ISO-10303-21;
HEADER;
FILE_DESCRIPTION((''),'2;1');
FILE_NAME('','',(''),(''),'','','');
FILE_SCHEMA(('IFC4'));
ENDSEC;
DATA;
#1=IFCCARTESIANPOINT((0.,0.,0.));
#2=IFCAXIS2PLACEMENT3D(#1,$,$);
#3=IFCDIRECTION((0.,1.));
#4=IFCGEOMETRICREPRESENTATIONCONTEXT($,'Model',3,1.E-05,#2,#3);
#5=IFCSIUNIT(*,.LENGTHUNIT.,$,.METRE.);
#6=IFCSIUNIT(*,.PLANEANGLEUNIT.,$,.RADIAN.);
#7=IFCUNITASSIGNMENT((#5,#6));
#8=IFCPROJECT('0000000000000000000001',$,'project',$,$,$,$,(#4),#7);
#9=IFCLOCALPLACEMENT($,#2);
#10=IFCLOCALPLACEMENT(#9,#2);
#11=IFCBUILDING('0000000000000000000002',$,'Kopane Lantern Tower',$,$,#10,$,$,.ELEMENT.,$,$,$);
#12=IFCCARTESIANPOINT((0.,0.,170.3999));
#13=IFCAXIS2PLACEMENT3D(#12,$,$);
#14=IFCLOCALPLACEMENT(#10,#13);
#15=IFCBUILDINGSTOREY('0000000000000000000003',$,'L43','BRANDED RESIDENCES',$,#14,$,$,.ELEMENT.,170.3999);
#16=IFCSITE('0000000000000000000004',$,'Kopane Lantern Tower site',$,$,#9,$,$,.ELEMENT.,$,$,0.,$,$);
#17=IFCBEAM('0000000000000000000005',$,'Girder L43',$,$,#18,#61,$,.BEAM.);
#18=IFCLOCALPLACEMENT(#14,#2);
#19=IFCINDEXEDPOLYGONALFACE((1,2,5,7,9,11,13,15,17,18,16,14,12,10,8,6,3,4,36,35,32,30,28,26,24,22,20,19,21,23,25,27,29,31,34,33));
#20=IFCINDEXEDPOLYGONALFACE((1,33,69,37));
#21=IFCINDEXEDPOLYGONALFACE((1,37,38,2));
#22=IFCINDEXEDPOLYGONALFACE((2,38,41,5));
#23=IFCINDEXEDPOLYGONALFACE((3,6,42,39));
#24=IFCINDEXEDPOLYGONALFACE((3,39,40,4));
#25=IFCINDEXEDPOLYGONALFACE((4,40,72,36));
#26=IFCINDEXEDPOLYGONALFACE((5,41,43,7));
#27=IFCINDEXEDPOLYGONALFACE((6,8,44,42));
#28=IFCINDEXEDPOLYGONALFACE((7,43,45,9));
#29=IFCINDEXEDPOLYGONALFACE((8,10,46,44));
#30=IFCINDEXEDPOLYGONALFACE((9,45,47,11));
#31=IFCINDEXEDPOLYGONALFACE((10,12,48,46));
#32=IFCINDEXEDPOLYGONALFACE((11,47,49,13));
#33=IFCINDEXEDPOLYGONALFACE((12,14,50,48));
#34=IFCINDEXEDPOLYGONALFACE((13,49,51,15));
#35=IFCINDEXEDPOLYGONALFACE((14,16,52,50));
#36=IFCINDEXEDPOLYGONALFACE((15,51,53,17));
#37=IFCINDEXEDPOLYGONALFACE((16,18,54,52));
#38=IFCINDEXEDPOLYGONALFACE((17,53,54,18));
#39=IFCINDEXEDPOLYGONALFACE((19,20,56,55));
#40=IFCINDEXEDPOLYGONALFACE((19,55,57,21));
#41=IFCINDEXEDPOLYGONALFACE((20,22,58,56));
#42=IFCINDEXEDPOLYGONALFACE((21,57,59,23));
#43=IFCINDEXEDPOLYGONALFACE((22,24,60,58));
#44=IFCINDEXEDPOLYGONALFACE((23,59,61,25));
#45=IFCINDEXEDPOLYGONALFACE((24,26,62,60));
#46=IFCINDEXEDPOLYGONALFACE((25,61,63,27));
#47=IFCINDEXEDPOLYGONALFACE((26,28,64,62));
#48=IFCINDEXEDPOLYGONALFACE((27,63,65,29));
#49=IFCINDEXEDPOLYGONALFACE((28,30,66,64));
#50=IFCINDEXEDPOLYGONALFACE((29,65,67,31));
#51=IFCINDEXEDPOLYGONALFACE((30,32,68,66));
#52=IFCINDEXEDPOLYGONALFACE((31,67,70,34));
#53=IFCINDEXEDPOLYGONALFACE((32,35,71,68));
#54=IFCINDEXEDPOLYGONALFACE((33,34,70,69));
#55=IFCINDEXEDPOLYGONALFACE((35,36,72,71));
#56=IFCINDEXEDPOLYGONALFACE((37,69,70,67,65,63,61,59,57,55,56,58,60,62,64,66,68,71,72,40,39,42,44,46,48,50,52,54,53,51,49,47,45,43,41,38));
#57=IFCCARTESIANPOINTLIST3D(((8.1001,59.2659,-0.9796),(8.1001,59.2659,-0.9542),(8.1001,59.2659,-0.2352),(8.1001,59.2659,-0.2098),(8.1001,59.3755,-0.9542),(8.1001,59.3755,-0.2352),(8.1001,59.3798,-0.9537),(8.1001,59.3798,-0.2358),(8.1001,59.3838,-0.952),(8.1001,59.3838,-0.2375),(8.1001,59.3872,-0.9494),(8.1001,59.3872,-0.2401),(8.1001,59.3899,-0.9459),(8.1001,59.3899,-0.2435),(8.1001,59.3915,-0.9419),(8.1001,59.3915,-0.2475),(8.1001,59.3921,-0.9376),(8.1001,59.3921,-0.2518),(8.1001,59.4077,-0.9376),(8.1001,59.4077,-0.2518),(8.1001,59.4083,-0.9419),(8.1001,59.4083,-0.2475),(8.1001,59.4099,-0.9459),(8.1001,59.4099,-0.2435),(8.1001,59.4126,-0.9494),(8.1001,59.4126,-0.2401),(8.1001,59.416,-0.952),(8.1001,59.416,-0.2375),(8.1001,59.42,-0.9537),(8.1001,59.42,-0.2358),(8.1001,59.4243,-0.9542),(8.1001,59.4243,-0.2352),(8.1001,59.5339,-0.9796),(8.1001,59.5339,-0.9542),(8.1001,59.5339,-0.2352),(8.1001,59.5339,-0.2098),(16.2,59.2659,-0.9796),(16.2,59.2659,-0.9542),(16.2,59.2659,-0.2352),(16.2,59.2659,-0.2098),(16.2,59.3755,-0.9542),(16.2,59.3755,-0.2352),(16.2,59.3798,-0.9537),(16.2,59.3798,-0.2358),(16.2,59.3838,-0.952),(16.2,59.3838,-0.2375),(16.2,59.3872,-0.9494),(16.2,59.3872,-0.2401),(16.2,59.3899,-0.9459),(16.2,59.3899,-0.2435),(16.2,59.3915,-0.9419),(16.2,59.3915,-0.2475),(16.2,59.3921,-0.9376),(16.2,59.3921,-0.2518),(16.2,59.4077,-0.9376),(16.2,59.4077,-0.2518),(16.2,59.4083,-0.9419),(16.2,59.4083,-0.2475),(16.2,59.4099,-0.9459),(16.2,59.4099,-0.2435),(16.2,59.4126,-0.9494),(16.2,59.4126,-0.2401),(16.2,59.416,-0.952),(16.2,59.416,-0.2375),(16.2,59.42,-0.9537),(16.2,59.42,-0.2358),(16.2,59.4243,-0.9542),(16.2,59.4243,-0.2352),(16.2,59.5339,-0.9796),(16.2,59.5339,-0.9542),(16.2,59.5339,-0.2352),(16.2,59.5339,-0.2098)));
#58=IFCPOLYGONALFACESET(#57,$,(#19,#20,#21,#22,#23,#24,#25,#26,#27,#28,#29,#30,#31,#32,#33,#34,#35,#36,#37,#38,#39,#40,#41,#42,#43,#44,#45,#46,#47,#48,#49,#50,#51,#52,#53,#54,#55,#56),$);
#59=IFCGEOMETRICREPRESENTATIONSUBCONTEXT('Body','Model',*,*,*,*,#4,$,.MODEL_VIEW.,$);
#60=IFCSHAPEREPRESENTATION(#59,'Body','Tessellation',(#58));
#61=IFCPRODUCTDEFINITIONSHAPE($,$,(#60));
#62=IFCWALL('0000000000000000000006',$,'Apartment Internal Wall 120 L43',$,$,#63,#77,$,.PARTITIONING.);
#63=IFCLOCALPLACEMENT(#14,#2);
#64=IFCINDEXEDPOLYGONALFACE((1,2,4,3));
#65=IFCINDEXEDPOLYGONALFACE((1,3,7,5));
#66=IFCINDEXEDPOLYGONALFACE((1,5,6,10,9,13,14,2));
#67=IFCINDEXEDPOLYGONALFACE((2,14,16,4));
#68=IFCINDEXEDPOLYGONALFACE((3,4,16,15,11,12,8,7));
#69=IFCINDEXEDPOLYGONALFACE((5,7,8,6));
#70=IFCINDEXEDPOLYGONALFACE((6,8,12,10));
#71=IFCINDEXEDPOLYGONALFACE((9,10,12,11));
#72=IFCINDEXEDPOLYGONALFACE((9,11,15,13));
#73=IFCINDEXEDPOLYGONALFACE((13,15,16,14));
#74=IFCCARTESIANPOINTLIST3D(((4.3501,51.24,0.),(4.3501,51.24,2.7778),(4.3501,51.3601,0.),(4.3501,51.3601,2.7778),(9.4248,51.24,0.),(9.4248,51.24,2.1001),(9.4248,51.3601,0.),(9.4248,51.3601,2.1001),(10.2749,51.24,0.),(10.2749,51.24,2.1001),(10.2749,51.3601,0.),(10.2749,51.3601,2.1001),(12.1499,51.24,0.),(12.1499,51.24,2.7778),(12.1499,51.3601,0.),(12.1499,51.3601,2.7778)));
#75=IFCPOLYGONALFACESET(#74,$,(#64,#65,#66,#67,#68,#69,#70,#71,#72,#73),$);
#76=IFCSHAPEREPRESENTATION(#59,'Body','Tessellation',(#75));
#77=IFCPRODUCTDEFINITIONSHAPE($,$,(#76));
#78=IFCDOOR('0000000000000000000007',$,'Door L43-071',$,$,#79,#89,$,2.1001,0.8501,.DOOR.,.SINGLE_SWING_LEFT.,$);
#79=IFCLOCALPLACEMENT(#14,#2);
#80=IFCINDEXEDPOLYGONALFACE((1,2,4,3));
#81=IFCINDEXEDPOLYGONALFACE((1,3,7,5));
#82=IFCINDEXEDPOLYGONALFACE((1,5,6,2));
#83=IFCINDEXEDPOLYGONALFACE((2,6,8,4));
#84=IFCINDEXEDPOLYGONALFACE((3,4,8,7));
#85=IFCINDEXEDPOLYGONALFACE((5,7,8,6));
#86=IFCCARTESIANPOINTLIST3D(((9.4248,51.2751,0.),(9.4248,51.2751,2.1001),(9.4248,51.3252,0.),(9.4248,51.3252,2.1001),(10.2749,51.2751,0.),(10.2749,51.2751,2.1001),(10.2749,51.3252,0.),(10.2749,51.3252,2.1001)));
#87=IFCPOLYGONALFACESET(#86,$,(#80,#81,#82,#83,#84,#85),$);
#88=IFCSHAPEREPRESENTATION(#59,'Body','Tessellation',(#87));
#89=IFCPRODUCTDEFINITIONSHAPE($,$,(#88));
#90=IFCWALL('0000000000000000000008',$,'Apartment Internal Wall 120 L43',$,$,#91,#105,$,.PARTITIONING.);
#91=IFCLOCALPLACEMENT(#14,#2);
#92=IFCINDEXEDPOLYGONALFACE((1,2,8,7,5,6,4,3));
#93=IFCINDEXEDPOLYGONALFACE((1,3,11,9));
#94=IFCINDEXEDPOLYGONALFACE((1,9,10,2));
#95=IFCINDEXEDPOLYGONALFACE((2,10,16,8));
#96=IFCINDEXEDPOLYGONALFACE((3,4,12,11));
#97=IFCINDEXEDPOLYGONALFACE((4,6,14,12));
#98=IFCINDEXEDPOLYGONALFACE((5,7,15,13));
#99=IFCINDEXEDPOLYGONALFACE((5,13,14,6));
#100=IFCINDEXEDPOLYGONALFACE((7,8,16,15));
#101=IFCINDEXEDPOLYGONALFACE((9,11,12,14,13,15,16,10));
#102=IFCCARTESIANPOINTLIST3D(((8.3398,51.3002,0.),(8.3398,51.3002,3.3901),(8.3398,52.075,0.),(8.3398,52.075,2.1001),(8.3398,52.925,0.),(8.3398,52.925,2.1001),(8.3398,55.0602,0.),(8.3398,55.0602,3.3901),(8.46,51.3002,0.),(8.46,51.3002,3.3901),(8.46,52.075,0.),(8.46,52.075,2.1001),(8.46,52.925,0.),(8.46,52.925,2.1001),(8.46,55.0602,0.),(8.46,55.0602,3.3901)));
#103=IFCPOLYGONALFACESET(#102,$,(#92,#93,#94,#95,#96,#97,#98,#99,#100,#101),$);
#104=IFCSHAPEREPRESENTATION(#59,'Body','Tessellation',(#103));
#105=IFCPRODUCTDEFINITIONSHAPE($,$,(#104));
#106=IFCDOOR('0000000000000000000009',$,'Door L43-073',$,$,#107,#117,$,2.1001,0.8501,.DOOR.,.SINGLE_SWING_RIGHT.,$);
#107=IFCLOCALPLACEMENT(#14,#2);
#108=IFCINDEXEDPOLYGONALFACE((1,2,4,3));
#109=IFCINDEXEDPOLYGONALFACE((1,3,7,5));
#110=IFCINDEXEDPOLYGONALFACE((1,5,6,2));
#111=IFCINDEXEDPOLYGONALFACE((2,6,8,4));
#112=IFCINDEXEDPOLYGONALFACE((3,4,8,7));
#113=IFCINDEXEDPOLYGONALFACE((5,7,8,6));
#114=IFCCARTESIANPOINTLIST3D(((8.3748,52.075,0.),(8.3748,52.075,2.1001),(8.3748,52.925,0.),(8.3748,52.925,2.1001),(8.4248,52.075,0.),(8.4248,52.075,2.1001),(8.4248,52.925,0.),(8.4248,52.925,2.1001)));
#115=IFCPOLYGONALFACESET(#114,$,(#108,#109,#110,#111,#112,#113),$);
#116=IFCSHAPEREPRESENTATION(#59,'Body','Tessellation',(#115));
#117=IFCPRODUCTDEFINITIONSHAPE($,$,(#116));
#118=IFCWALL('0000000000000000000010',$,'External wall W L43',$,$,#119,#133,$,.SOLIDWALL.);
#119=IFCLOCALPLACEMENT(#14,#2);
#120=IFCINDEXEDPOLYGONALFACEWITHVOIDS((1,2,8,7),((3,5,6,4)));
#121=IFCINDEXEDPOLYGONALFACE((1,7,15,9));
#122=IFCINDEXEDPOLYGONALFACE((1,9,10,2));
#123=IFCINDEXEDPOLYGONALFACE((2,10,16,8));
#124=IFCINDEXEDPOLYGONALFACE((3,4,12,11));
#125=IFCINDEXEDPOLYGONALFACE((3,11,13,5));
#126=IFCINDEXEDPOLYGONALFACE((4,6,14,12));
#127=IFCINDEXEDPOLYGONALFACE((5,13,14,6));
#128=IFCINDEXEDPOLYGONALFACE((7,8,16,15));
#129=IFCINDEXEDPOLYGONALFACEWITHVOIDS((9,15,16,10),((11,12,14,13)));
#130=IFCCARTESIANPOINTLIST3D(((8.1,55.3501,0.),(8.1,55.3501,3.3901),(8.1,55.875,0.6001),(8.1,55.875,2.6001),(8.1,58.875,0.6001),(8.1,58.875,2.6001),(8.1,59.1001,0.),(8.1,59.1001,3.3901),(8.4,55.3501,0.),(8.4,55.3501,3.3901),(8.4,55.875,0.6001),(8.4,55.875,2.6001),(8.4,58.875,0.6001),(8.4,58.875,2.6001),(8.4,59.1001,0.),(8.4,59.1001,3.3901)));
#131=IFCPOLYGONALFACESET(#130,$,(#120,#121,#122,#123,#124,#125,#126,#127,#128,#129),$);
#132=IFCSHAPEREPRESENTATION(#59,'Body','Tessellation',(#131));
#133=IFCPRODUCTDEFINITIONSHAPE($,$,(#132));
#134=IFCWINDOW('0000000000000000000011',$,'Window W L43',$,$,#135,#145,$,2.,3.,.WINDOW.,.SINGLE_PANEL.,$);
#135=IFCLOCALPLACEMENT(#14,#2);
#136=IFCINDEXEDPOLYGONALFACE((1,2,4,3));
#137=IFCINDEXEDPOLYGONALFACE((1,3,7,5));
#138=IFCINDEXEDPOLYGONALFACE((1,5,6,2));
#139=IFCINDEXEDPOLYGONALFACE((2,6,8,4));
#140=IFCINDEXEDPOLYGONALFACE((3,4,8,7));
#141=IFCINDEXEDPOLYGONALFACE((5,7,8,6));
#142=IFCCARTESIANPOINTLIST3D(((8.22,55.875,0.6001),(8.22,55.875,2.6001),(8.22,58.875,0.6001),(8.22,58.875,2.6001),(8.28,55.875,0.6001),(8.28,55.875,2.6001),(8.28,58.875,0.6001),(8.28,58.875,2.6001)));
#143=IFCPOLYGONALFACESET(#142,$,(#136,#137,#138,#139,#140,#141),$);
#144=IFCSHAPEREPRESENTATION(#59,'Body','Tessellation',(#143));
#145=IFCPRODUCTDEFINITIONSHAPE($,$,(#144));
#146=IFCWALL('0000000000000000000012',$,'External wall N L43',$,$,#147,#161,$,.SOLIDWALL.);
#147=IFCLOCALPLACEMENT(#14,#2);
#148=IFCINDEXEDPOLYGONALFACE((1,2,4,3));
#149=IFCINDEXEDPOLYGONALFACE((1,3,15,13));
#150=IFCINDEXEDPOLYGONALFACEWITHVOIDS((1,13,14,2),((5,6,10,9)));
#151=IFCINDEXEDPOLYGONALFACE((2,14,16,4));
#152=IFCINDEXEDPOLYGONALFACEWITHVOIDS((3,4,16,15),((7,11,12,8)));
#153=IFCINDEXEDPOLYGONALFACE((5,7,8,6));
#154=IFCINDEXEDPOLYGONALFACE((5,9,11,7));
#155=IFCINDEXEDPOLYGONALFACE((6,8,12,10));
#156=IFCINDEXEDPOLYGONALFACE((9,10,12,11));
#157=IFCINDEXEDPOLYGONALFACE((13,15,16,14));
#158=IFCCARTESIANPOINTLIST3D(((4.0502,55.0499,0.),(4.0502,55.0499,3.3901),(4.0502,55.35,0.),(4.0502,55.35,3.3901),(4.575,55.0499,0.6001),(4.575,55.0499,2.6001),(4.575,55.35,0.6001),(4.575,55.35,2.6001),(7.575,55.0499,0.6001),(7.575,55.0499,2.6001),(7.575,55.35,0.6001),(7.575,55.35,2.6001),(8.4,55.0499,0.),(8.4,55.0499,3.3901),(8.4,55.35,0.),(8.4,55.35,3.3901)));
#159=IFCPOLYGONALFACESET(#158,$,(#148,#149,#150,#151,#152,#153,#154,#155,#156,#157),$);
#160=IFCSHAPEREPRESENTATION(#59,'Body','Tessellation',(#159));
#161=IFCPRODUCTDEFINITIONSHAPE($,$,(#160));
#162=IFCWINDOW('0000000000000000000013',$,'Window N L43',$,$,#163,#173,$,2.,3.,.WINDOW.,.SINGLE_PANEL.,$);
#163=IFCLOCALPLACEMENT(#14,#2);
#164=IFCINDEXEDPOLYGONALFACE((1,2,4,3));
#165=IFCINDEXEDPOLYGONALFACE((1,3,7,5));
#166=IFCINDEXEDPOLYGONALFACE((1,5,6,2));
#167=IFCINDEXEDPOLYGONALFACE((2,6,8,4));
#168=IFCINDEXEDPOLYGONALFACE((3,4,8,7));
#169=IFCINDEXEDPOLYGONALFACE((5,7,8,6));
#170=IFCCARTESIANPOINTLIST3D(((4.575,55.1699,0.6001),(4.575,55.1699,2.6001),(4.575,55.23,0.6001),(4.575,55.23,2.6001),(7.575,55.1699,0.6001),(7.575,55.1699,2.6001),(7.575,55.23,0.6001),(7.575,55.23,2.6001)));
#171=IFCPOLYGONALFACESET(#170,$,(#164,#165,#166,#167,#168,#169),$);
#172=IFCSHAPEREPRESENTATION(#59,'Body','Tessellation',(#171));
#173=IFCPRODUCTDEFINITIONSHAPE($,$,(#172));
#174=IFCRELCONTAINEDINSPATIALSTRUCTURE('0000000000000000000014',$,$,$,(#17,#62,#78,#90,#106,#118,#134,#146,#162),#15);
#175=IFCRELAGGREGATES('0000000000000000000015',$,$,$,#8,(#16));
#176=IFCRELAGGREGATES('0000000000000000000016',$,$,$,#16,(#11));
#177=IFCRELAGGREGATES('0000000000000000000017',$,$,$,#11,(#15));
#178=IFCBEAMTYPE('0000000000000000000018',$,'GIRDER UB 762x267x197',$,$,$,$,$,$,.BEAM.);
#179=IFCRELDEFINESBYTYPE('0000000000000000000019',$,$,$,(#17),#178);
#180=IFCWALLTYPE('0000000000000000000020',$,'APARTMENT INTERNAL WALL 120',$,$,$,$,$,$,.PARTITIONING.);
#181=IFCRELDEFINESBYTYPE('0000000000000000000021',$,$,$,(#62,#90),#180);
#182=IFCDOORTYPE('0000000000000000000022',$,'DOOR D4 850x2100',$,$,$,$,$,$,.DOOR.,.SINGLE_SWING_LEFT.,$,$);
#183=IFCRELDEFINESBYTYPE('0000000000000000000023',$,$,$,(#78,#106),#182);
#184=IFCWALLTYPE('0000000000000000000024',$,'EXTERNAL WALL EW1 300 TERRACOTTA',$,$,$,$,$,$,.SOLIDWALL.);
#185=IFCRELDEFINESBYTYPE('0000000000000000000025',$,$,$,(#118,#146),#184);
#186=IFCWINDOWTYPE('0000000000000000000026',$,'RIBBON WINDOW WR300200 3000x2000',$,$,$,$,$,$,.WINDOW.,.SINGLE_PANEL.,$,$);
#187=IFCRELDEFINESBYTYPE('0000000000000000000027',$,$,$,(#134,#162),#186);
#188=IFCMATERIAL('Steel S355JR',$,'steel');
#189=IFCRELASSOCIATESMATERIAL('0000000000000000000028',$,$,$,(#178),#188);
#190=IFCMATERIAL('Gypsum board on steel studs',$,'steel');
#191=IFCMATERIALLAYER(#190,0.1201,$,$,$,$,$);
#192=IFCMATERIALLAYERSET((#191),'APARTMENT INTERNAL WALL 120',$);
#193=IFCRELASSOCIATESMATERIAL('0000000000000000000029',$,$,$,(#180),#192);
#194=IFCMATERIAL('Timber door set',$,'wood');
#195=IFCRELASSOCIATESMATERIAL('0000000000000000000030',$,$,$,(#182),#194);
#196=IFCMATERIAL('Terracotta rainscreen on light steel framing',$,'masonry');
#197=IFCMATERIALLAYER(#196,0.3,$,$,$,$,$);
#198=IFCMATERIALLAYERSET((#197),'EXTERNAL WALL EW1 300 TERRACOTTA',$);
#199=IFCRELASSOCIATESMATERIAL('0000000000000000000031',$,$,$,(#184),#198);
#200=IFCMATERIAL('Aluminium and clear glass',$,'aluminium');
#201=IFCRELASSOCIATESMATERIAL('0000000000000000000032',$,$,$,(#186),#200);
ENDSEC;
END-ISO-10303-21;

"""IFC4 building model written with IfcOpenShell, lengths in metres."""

from ifc_helpers import new_model, si_unit, direction, frame, frame_2d, origin, origin_2d, place, context, subcontext, project, spatial, rectangle, i_section, extrude, material, layer, layer_set, material_profile, profile_set, type_object, element, fill, save


model = new_model("IFC4")

# Units and contexts
model_context = context("Model", 3, precision=1e-05, world=origin(), true_north=direction((0.0, 1.0)))
body_context = subcontext(model_context, "Body", "Model", "MODEL_VIEW")
ifc_project = project(units=[si_unit("LENGTHUNIT", "METRE"), si_unit("PLANEANGLEUNIT", "RADIAN")], contexts=[model_context])

# Site, building, storey
site_placement = place(None, origin())
site = spatial("IfcSite", under=ifc_project, at=site_placement, Name="Kopane Lantern Tower site", CompositionType="ELEMENT", RefElevation=0.0)
building_placement = place(site_placement, origin())
building = spatial("IfcBuilding", under=site, at=building_placement, Name="Kopane Lantern Tower", CompositionType="ELEMENT")
storey_placement = place(building_placement, frame((0.0, 0.0, 170.3999)))
storey = spatial("IfcBuildingStorey", under=building, at=storey_placement, Name="L43", Description="BRANDED RESIDENCES", CompositionType="ELEMENT", Elevation=170.3999)

# Beam
ifc_material_1 = material(Name="Steel S355JR", Category="steel")
ifc_material_profile_1 = material_profile(ifc_material_1, i_section(OverallWidth=0.2681, OverallDepth=0.7698, WebThickness=0.0156, FlangeThickness=0.0254, FilletRadius=0.0166, at=origin_2d()), Name="UB 762x267x197")
ifc_profile_set_1 = profile_set([ifc_material_profile_1], Name="Steel S355JR")
beam_type_1 = type_object("IfcBeamType", Name="GIRDER UB 762x267x197", PredefinedType="BEAM", material=ifc_profile_set_1)
beam_1_placement = place(storey_placement, frame((8.1001, 59.3999, -0.5947), z_axis=(1.0, 0.0, 0.0), x_axis=(0.0, 1.0, 0.0)))
element("IfcBeam", 1, at=beam_1_placement, inside=storey, type_object=beam_type_1, Name="Girder L43", PredefinedType="BEAM", context=body_context, shape_type="SweptSolid", body=[
    extrude(i_section(OverallWidth=0.2681, OverallDepth=0.7698, WebThickness=0.0156, FlangeThickness=0.0254, FilletRadius=0.0166, at=origin_2d()), origin(), (0.0, 0.0, 1.0), 8.0999),
])

# Walls, openings, doors
ifc_material_2 = material(Name="Gypsum board on steel studs", Category="steel")
ifc_layer_1 = layer(ifc_material_2, 0.1201)
ifc_layer_set_1 = layer_set([ifc_layer_1], Name="APARTMENT INTERNAL WALL 120")
wall_type_1 = type_object("IfcWallType", Name="APARTMENT INTERNAL WALL 120", PredefinedType="PARTITIONING", material=ifc_layer_set_1)
wall_1_placement = place(storey_placement, frame((12.1499, 51.3, 0.0), z_axis=(0.0, 0.0, 1.0), x_axis=(-1.0, 0.0, 0.0)))
wall_1 = element("IfcWall", 2, at=wall_1_placement, inside=storey, type_object=wall_type_1, Name="Apartment Internal Wall 120 L43", PredefinedType="PARTITIONING", context=body_context, shape_type="SweptSolid", body=[
    extrude(rectangle(XDim=7.7998, YDim=0.1201, at=frame_2d((3.8999, 0.0))), origin(), (0.0, 0.0, 1.0), 2.7778),
])
opening_1_placement = place(wall_1_placement, frame((1.875, 0.0, 0.0)))
opening_1 = element("IfcOpeningElement", 3, at=opening_1_placement, cuts=wall_1, PredefinedType="OPENING", context=body_context, shape_type="SweptSolid", body=[
    extrude(rectangle(XDim=0.8501, YDim=2.1001, at=frame_2d((0.425, 1.05))), frame((0.0, 0.0701, 0.0), z_axis=(0.0, -1.0, 0.0), x_axis=(1.0, 0.0, 0.0)), (0.0, 0.0, 1.0), 0.1401),
])
ifc_material_3 = material(Name="Timber door set", Category="wood")
door_type = type_object("IfcDoorType", Name="DOOR D4 850x2100", OperationType="SINGLE_SWING_LEFT", PredefinedType="DOOR", material=ifc_material_3)
door_1_placement = place(opening_1_placement, origin())
door_1 = element("IfcDoor", 4, at=door_1_placement, inside=storey, type_object=door_type, Name="Door L43-071", OperationType="SINGLE_SWING_LEFT", OverallHeight=2.1001, OverallWidth=0.8501, PredefinedType="DOOR", context=body_context, shape_type="SweptSolid", body=[
    extrude(rectangle(XDim=0.8501, YDim=2.1001, at=frame_2d((0.425, 1.05))), frame((0.0, 0.0249, 0.0), z_axis=(0.0, -1.0, 0.0), x_axis=(1.0, 0.0, 0.0)), (0.0, 0.0, 1.0), 0.05),
])
fill(opening_1, door_1)
wall_2_placement = place(storey_placement, frame((8.3999, 55.0601, 0.0), z_axis=(0.0, 0.0, 1.0), x_axis=(0.0, -1.0, 0.0)))
wall_2 = element("IfcWall", 5, at=wall_2_placement, inside=storey, type_object=wall_type_1, Name="Apartment Internal Wall 120 L43", PredefinedType="PARTITIONING", context=body_context, shape_type="SweptSolid", body=[
    extrude(rectangle(XDim=3.76, YDim=0.1201, at=frame_2d((1.8799, 0.0))), origin(), (0.0, 0.0, 1.0), 3.3901),
])
opening_2_placement = place(wall_2_placement, frame((2.135, 0.0, 0.0)))
opening_2 = element("IfcOpeningElement", 6, at=opening_2_placement, cuts=wall_2, PredefinedType="OPENING", context=body_context, shape_type="SweptSolid", body=[
    extrude(rectangle(XDim=0.8501, YDim=2.1001, at=frame_2d((0.425, 1.05))), frame((0.0, 0.0701, 0.0), z_axis=(0.0, -1.0, 0.0), x_axis=(1.0, 0.0, 0.0)), (0.0, 0.0, 1.0), 0.1401),
])
door_2_placement = place(opening_2_placement, origin())
door_2 = element("IfcDoor", 7, at=door_2_placement, inside=storey, type_object=door_type, Name="Door L43-073", OperationType="SINGLE_SWING_RIGHT", OverallHeight=2.1001, OverallWidth=0.8501, PredefinedType="DOOR", context=body_context, shape_type="SweptSolid", body=[
    extrude(rectangle(XDim=0.8501, YDim=2.1001, at=frame_2d((0.425, 1.05))), frame((0.0, 0.0249, 0.0), z_axis=(0.0, -1.0, 0.0), x_axis=(1.0, 0.0, 0.0)), (0.0, 0.0, 1.0), 0.05),
])
fill(opening_2, door_2)

# Walls, openings, windows
ifc_material_4 = material(Name="Terracotta rainscreen on light steel framing", Category="masonry")
ifc_layer_2 = layer(ifc_material_4, 0.3)
ifc_layer_set_2 = layer_set([ifc_layer_2], Name="EXTERNAL WALL EW1 300 TERRACOTTA")
wall_type_2 = type_object("IfcWallType", Name="EXTERNAL WALL EW1 300 TERRACOTTA", PredefinedType="SOLIDWALL", material=ifc_layer_set_2)
wall_3_placement = place(storey_placement, frame((8.25, 59.1001, 0.0), z_axis=(0.0, 0.0, 1.0), x_axis=(0.0, -1.0, 0.0)))
wall_3 = element("IfcWall", 8, at=wall_3_placement, inside=storey, type_object=wall_type_2, Name="External wall W L43", PredefinedType="SOLIDWALL", context=body_context, shape_type="SweptSolid", body=[
    extrude(rectangle(XDim=3.75, YDim=0.3, at=frame_2d((1.875, 0.0))), origin(), (0.0, 0.0, 1.0), 3.3901),
])
opening_3_placement = place(wall_3_placement, frame((0.2251, 0.0, 0.6001)))
opening_3 = element("IfcOpeningElement", 9, at=opening_3_placement, cuts=wall_3, PredefinedType="OPENING", context=body_context, shape_type="SweptSolid", body=[
    extrude(rectangle(XDim=3.0, YDim=2.0, at=frame_2d((1.5, 1.0))), frame((0.0, 0.1599, 0.0), z_axis=(0.0, -1.0, 0.0), x_axis=(1.0, 0.0, 0.0)), (0.0, 0.0, 1.0), 0.3201),
])
ifc_material_5 = material(Name="Aluminium and clear glass", Category="aluminium")
window_type = type_object("IfcWindowType", Name="RIBBON WINDOW WR300200 3000x2000", PartitioningType="SINGLE_PANEL", PredefinedType="WINDOW", material=ifc_material_5)
window_1_placement = place(opening_3_placement, origin())
window_1 = element("IfcWindow", 10, at=window_1_placement, inside=storey, type_object=window_type, Name="Window W L43", OverallHeight=2.0, OverallWidth=3.0, PartitioningType="SINGLE_PANEL", PredefinedType="WINDOW", context=body_context, shape_type="SweptSolid", body=[
    extrude(rectangle(XDim=3.0, YDim=2.0, at=frame_2d((1.5, 1.0))), frame((0.0, 0.03, 0.0), z_axis=(0.0, -1.0, 0.0), x_axis=(1.0, 0.0, 0.0)), (0.0, 0.0, 1.0), 0.0601),
])
fill(opening_3, window_1)
wall_4_placement = place(storey_placement, frame((8.3999, 55.2, 0.0), z_axis=(0.0, 0.0, 1.0), x_axis=(-1.0, 0.0, 0.0)))
wall_4 = element("IfcWall", 11, at=wall_4_placement, inside=storey, type_object=wall_type_2, Name="External wall N L43", PredefinedType="SOLIDWALL", context=body_context, shape_type="SweptSolid", body=[
    extrude(rectangle(XDim=4.3499, YDim=0.3, at=frame_2d((2.1748, 0.0))), origin(), (0.0, 0.0, 1.0), 3.3901),
])
opening_4_placement = place(wall_4_placement, frame((0.825, 0.0, 0.6001)))
opening_4 = element("IfcOpeningElement", 12, at=opening_4_placement, cuts=wall_4, PredefinedType="OPENING", context=body_context, shape_type="SweptSolid", body=[
    extrude(rectangle(XDim=3.0, YDim=2.0, at=frame_2d((1.5, 1.0))), frame((0.0, 0.1599, 0.0), z_axis=(0.0, -1.0, 0.0), x_axis=(1.0, 0.0, 0.0)), (0.0, 0.0, 1.0), 0.3201),
])
window_2_placement = place(opening_4_placement, origin())
window_2 = element("IfcWindow", 13, at=window_2_placement, inside=storey, type_object=window_type, Name="Window N L43", OverallHeight=2.0, OverallWidth=3.0, PartitioningType="SINGLE_PANEL", PredefinedType="WINDOW", context=body_context, shape_type="SweptSolid", body=[
    extrude(rectangle(XDim=3.0, YDim=2.0, at=frame_2d((1.5, 1.0))), frame((0.0, 0.03, 0.0), z_axis=(0.0, -1.0, 0.0), x_axis=(1.0, 0.0, 0.0)), (0.0, 0.0, 1.0), 0.0601),
])
fill(opening_4, window_2)

save(model, "model.ifc")
